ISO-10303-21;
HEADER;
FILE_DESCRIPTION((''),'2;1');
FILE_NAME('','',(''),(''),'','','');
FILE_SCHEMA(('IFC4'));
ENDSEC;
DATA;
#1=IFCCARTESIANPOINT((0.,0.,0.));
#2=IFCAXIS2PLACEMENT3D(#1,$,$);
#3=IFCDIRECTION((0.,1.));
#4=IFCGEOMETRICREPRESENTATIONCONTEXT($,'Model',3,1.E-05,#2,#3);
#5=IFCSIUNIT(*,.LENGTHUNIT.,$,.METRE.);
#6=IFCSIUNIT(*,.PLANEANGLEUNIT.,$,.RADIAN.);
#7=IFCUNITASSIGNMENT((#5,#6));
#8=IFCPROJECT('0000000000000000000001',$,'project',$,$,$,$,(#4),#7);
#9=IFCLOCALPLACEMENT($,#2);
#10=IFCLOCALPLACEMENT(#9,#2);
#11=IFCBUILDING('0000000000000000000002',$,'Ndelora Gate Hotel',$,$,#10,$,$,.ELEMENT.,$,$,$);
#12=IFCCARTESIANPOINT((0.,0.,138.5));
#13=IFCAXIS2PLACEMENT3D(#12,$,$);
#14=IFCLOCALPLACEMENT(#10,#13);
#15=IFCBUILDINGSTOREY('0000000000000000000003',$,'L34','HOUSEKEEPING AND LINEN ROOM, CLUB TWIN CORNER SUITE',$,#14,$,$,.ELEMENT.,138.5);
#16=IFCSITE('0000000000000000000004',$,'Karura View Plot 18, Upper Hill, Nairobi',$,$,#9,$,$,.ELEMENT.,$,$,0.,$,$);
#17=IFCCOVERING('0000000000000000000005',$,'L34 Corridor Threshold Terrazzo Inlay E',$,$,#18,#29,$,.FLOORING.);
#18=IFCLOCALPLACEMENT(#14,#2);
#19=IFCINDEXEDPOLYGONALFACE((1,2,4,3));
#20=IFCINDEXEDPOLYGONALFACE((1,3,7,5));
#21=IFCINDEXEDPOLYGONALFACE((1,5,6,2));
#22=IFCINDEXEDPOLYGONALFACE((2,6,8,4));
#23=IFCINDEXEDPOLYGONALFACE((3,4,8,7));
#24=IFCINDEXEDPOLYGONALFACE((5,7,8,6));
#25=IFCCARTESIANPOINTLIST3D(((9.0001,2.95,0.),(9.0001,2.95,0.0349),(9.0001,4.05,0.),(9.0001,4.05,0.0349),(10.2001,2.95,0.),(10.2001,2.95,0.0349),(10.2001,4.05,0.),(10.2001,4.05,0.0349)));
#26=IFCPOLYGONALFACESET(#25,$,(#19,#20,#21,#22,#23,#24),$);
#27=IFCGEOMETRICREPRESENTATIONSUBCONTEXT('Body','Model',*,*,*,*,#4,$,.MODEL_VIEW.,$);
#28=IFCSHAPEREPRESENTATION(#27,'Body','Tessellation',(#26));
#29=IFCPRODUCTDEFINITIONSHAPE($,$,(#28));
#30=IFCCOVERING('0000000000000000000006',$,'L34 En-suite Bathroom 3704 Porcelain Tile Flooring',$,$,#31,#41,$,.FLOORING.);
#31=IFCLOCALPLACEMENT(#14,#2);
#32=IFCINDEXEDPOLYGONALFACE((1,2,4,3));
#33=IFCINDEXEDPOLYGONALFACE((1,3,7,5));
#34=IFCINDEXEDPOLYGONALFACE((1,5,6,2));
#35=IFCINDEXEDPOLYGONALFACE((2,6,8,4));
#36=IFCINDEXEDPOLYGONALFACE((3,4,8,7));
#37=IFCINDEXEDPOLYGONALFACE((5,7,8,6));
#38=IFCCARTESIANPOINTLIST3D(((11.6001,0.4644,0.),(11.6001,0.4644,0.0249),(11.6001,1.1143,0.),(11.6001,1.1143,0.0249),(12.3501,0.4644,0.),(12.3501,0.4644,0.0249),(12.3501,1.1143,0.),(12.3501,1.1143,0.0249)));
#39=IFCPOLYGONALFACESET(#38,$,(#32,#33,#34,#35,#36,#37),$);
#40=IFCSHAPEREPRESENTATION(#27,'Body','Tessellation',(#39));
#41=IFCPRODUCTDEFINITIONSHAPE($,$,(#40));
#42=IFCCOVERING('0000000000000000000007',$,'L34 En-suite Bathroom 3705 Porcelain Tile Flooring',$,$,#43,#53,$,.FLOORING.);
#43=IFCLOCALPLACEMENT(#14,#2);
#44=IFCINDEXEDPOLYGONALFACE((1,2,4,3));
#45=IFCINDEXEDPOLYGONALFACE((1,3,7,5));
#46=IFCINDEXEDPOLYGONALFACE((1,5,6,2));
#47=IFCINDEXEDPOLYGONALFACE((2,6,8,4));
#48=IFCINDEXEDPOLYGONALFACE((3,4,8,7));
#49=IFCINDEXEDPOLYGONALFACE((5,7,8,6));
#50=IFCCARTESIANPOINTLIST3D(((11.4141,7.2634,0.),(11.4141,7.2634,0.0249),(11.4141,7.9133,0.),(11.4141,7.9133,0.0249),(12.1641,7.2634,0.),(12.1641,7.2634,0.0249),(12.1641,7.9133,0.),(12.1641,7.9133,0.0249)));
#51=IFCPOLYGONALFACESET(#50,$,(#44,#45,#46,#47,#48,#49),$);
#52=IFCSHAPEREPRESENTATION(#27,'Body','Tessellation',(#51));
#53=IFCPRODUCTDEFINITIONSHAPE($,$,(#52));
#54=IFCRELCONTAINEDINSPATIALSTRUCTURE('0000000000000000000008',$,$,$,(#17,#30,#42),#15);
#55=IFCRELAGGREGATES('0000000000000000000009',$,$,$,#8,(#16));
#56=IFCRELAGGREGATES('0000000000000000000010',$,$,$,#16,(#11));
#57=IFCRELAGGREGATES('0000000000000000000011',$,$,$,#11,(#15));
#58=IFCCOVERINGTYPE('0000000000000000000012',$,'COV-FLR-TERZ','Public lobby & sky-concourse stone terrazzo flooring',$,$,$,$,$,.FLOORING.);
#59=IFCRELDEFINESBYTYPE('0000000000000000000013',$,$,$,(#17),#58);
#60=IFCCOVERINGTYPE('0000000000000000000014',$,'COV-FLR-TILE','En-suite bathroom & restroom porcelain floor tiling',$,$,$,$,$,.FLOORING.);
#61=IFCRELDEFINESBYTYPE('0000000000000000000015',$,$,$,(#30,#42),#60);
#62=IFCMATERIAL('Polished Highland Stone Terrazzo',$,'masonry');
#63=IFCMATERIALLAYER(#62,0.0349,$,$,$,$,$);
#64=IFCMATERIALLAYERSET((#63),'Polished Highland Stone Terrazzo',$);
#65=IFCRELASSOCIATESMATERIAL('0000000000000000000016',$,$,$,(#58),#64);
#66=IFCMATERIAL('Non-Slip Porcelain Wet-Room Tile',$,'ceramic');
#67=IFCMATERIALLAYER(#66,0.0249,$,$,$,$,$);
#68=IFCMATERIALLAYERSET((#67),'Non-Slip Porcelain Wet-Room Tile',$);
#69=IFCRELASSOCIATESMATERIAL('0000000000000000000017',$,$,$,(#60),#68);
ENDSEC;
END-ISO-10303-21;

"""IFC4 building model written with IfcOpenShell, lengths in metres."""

from ifc_helpers import new_model, si_unit, direction, frame, origin, origin_2d, place, context, subcontext, project, spatial, rectangle, extrude, material, layer, layer_set, type_object, element, save


model = new_model("IFC4")

# Units and contexts
model_context = context("Model", 3, precision=1e-05, world=origin(), true_north=direction((0.0, 1.0)))
body_context = subcontext(model_context, "Body", "Model", "MODEL_VIEW")
ifc_project = project(units=[si_unit("LENGTHUNIT", "METRE"), si_unit("PLANEANGLEUNIT", "RADIAN")], contexts=[model_context])

# Site, building, storey
site_placement = place(None, origin())
site = spatial("IfcSite", under=ifc_project, at=site_placement, Name="Karura View Plot 18, Upper Hill, Nairobi", CompositionType="ELEMENT", RefElevation=0.0)
building_placement = place(site_placement, origin())
building = spatial("IfcBuilding", under=site, at=building_placement, Name="Ndelora Gate Hotel", CompositionType="ELEMENT")
storey_placement = place(building_placement, frame((0.0, 0.0, 138.5)))
storey = spatial("IfcBuildingStorey", under=building, at=storey_placement, Name="L34", Description="HOUSEKEEPING AND LINEN ROOM, CLUB TWIN CORNER SUITE", CompositionType="ELEMENT", Elevation=138.5)

# Coverings
ifc_material_1 = material(Name="Polished Highland Stone Terrazzo", Category="masonry")
ifc_layer_1 = layer(ifc_material_1, 0.0349)
ifc_layer_set_1 = layer_set([ifc_layer_1], Name="Polished Highland Stone Terrazzo")
covering_type_1 = type_object("IfcCoveringType", Name="COV-FLR-TERZ", Description="Public lobby & sky-concourse stone terrazzo flooring", PredefinedType="FLOORING", material=ifc_layer_set_1)
covering_1_placement = place(storey_placement, frame((9.6001, 3.5, 0.0), z_axis=(0.0, 0.0, 1.0), x_axis=(1.0, 0.0, 0.0)))
element("IfcCovering", 1, at=covering_1_placement, inside=storey, type_object=covering_type_1, Name="L34 Corridor Threshold Terrazzo Inlay E", PredefinedType="FLOORING", context=body_context, shape_type="SweptSolid", body=[
    extrude(rectangle(XDim=1.2, YDim=1.1001, at=origin_2d()), origin(), (0.0, 0.0, 1.0), 0.0349),
])
ifc_material_2 = material(Name="Non-Slip Porcelain Wet-Room Tile", Category="ceramic")
ifc_layer_2 = layer(ifc_material_2, 0.0249)
ifc_layer_set_2 = layer_set([ifc_layer_2], Name="Non-Slip Porcelain Wet-Room Tile")
covering_type_2 = type_object("IfcCoveringType", Name="COV-FLR-TILE", Description="En-suite bathroom & restroom porcelain floor tiling", PredefinedType="FLOORING", material=ifc_layer_set_2)
for number, where, z_axis, x_axis, name in (
    (2, (11.9751, 0.7893, 0.0), (0.0, 0.0, 1.0), (1.0, 0.0, 0.0), "L34 En-suite Bathroom 3704 Porcelain Tile Flooring"),
    (3, (11.7891, 7.5884, 0.0), (0.0, 0.0, 1.0), (1.0, 0.0, 0.0), "L34 En-suite Bathroom 3705 Porcelain Tile Flooring"),
):
    element("IfcCovering", number, at=place(storey_placement, frame(where, z_axis=z_axis, x_axis=x_axis)), inside=storey, type_object=covering_type_2, Name=name, PredefinedType="FLOORING", context=body_context, shape_type="SweptSolid", body=[
        extrude(rectangle(XDim=0.75, YDim=0.6499, at=origin_2d()), origin(), (0.0, 0.0, 1.0), 0.0249),
    ])

save(model, "model.ifc")
